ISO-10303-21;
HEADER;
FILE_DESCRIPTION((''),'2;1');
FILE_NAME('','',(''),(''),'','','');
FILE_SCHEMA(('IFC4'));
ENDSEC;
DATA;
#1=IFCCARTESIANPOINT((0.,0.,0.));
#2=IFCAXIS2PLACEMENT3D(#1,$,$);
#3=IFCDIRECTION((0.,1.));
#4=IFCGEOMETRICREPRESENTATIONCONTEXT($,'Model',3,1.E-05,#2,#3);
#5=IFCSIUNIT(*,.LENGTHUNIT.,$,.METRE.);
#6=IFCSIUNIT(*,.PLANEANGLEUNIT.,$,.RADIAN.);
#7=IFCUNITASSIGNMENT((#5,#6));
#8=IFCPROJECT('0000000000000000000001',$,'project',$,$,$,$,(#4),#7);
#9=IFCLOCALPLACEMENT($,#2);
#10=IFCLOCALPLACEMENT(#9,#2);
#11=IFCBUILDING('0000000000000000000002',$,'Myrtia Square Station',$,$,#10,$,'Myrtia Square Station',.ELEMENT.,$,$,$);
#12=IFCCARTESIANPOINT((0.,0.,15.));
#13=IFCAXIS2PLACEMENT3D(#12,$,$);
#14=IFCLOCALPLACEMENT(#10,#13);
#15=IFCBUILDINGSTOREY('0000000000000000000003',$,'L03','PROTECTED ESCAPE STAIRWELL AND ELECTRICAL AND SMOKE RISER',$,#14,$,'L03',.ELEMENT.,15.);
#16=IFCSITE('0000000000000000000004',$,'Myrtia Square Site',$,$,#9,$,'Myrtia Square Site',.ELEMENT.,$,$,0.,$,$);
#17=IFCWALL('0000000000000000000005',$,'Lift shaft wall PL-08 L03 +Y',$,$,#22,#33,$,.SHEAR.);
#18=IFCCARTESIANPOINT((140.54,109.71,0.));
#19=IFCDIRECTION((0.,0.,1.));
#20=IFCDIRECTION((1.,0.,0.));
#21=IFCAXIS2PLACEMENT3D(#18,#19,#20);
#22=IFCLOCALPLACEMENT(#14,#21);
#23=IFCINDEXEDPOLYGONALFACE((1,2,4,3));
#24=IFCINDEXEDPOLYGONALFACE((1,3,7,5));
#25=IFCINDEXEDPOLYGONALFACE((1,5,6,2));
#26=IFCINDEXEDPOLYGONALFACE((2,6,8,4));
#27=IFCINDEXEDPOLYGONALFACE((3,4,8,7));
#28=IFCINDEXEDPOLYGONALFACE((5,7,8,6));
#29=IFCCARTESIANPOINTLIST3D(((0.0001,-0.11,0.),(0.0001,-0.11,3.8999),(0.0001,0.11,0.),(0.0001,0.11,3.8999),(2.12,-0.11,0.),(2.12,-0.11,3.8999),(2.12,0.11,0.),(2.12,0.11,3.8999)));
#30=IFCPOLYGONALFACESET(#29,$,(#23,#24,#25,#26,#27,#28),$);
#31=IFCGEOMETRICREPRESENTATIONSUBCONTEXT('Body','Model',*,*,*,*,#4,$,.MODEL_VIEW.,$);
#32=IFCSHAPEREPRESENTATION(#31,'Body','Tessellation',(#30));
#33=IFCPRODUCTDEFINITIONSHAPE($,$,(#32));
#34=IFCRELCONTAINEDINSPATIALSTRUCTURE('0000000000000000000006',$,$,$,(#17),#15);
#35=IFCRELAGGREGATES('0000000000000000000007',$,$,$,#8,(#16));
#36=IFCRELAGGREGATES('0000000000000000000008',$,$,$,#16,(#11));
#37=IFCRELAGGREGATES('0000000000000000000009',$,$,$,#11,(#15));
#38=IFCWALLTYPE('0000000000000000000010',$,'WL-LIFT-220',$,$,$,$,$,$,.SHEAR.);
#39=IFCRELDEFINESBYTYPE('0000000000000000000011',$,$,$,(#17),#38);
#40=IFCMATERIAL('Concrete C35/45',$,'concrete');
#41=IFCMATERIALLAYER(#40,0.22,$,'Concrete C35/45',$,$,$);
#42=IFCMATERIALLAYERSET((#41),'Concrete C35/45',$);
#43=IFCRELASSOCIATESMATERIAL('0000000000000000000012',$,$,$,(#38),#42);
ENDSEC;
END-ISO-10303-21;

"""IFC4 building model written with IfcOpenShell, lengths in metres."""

from ifc_helpers import new_model, si_unit, direction, frame, frame_2d, origin, place, context, subcontext, project, spatial, rectangle, extrude, material, layer, layer_set, type_object, element, save


model = new_model("IFC4")

# Units and contexts
model_context = context("Model", 3, precision=1e-05, world=origin(), true_north=direction((0.0, 1.0)))
body_context = subcontext(model_context, "Body", "Model", "MODEL_VIEW")
ifc_project = project(units=[si_unit("LENGTHUNIT", "METRE"), si_unit("PLANEANGLEUNIT", "RADIAN")], contexts=[model_context])

# Site, building, storey
site_placement = place(None, origin())
site = spatial("IfcSite", under=ifc_project, at=site_placement, Name="Myrtia Square Site", LongName="Myrtia Square Site", CompositionType="ELEMENT", RefElevation=0.0)
building_placement = place(site_placement, origin())
building = spatial("IfcBuilding", under=site, at=building_placement, Name="Myrtia Square Station", LongName="Myrtia Square Station", CompositionType="ELEMENT")
storey_placement = place(building_placement, frame((0.0, 0.0, 15.0)))
storey = spatial("IfcBuildingStorey", under=building, at=storey_placement, Name="L03", Description="PROTECTED ESCAPE STAIRWELL AND ELECTRICAL AND SMOKE RISER", LongName="L03", CompositionType="ELEMENT", Elevation=15.0)

# Wall
ifc_material_1 = material(Name="Concrete C35/45", Category="concrete")
ifc_layer_1 = layer(ifc_material_1, 0.22, Name="Concrete C35/45")
ifc_layer_set_1 = layer_set([ifc_layer_1], Name="Concrete C35/45")
wall_type_1 = type_object("IfcWallType", Name="WL-LIFT-220", PredefinedType="SHEAR", material=ifc_layer_set_1)
wall_1_placement = place(storey_placement, frame((140.54, 109.71, 0.0), z_axis=(0.0, 0.0, 1.0), x_axis=(1.0, 0.0, 0.0)))
element("IfcWall", 1, at=wall_1_placement, inside=storey, type_object=wall_type_1, Name="Lift shaft wall PL-08 L03 +Y", PredefinedType="SHEAR", context=body_context, shape_type="SweptSolid", body=[
    extrude(rectangle(XDim=2.1199, YDim=0.22, at=frame_2d((1.0601, 0.0))), origin(), (0.0, 0.0, 1.0), 3.8999),
])

save(model, "model.ifc")
